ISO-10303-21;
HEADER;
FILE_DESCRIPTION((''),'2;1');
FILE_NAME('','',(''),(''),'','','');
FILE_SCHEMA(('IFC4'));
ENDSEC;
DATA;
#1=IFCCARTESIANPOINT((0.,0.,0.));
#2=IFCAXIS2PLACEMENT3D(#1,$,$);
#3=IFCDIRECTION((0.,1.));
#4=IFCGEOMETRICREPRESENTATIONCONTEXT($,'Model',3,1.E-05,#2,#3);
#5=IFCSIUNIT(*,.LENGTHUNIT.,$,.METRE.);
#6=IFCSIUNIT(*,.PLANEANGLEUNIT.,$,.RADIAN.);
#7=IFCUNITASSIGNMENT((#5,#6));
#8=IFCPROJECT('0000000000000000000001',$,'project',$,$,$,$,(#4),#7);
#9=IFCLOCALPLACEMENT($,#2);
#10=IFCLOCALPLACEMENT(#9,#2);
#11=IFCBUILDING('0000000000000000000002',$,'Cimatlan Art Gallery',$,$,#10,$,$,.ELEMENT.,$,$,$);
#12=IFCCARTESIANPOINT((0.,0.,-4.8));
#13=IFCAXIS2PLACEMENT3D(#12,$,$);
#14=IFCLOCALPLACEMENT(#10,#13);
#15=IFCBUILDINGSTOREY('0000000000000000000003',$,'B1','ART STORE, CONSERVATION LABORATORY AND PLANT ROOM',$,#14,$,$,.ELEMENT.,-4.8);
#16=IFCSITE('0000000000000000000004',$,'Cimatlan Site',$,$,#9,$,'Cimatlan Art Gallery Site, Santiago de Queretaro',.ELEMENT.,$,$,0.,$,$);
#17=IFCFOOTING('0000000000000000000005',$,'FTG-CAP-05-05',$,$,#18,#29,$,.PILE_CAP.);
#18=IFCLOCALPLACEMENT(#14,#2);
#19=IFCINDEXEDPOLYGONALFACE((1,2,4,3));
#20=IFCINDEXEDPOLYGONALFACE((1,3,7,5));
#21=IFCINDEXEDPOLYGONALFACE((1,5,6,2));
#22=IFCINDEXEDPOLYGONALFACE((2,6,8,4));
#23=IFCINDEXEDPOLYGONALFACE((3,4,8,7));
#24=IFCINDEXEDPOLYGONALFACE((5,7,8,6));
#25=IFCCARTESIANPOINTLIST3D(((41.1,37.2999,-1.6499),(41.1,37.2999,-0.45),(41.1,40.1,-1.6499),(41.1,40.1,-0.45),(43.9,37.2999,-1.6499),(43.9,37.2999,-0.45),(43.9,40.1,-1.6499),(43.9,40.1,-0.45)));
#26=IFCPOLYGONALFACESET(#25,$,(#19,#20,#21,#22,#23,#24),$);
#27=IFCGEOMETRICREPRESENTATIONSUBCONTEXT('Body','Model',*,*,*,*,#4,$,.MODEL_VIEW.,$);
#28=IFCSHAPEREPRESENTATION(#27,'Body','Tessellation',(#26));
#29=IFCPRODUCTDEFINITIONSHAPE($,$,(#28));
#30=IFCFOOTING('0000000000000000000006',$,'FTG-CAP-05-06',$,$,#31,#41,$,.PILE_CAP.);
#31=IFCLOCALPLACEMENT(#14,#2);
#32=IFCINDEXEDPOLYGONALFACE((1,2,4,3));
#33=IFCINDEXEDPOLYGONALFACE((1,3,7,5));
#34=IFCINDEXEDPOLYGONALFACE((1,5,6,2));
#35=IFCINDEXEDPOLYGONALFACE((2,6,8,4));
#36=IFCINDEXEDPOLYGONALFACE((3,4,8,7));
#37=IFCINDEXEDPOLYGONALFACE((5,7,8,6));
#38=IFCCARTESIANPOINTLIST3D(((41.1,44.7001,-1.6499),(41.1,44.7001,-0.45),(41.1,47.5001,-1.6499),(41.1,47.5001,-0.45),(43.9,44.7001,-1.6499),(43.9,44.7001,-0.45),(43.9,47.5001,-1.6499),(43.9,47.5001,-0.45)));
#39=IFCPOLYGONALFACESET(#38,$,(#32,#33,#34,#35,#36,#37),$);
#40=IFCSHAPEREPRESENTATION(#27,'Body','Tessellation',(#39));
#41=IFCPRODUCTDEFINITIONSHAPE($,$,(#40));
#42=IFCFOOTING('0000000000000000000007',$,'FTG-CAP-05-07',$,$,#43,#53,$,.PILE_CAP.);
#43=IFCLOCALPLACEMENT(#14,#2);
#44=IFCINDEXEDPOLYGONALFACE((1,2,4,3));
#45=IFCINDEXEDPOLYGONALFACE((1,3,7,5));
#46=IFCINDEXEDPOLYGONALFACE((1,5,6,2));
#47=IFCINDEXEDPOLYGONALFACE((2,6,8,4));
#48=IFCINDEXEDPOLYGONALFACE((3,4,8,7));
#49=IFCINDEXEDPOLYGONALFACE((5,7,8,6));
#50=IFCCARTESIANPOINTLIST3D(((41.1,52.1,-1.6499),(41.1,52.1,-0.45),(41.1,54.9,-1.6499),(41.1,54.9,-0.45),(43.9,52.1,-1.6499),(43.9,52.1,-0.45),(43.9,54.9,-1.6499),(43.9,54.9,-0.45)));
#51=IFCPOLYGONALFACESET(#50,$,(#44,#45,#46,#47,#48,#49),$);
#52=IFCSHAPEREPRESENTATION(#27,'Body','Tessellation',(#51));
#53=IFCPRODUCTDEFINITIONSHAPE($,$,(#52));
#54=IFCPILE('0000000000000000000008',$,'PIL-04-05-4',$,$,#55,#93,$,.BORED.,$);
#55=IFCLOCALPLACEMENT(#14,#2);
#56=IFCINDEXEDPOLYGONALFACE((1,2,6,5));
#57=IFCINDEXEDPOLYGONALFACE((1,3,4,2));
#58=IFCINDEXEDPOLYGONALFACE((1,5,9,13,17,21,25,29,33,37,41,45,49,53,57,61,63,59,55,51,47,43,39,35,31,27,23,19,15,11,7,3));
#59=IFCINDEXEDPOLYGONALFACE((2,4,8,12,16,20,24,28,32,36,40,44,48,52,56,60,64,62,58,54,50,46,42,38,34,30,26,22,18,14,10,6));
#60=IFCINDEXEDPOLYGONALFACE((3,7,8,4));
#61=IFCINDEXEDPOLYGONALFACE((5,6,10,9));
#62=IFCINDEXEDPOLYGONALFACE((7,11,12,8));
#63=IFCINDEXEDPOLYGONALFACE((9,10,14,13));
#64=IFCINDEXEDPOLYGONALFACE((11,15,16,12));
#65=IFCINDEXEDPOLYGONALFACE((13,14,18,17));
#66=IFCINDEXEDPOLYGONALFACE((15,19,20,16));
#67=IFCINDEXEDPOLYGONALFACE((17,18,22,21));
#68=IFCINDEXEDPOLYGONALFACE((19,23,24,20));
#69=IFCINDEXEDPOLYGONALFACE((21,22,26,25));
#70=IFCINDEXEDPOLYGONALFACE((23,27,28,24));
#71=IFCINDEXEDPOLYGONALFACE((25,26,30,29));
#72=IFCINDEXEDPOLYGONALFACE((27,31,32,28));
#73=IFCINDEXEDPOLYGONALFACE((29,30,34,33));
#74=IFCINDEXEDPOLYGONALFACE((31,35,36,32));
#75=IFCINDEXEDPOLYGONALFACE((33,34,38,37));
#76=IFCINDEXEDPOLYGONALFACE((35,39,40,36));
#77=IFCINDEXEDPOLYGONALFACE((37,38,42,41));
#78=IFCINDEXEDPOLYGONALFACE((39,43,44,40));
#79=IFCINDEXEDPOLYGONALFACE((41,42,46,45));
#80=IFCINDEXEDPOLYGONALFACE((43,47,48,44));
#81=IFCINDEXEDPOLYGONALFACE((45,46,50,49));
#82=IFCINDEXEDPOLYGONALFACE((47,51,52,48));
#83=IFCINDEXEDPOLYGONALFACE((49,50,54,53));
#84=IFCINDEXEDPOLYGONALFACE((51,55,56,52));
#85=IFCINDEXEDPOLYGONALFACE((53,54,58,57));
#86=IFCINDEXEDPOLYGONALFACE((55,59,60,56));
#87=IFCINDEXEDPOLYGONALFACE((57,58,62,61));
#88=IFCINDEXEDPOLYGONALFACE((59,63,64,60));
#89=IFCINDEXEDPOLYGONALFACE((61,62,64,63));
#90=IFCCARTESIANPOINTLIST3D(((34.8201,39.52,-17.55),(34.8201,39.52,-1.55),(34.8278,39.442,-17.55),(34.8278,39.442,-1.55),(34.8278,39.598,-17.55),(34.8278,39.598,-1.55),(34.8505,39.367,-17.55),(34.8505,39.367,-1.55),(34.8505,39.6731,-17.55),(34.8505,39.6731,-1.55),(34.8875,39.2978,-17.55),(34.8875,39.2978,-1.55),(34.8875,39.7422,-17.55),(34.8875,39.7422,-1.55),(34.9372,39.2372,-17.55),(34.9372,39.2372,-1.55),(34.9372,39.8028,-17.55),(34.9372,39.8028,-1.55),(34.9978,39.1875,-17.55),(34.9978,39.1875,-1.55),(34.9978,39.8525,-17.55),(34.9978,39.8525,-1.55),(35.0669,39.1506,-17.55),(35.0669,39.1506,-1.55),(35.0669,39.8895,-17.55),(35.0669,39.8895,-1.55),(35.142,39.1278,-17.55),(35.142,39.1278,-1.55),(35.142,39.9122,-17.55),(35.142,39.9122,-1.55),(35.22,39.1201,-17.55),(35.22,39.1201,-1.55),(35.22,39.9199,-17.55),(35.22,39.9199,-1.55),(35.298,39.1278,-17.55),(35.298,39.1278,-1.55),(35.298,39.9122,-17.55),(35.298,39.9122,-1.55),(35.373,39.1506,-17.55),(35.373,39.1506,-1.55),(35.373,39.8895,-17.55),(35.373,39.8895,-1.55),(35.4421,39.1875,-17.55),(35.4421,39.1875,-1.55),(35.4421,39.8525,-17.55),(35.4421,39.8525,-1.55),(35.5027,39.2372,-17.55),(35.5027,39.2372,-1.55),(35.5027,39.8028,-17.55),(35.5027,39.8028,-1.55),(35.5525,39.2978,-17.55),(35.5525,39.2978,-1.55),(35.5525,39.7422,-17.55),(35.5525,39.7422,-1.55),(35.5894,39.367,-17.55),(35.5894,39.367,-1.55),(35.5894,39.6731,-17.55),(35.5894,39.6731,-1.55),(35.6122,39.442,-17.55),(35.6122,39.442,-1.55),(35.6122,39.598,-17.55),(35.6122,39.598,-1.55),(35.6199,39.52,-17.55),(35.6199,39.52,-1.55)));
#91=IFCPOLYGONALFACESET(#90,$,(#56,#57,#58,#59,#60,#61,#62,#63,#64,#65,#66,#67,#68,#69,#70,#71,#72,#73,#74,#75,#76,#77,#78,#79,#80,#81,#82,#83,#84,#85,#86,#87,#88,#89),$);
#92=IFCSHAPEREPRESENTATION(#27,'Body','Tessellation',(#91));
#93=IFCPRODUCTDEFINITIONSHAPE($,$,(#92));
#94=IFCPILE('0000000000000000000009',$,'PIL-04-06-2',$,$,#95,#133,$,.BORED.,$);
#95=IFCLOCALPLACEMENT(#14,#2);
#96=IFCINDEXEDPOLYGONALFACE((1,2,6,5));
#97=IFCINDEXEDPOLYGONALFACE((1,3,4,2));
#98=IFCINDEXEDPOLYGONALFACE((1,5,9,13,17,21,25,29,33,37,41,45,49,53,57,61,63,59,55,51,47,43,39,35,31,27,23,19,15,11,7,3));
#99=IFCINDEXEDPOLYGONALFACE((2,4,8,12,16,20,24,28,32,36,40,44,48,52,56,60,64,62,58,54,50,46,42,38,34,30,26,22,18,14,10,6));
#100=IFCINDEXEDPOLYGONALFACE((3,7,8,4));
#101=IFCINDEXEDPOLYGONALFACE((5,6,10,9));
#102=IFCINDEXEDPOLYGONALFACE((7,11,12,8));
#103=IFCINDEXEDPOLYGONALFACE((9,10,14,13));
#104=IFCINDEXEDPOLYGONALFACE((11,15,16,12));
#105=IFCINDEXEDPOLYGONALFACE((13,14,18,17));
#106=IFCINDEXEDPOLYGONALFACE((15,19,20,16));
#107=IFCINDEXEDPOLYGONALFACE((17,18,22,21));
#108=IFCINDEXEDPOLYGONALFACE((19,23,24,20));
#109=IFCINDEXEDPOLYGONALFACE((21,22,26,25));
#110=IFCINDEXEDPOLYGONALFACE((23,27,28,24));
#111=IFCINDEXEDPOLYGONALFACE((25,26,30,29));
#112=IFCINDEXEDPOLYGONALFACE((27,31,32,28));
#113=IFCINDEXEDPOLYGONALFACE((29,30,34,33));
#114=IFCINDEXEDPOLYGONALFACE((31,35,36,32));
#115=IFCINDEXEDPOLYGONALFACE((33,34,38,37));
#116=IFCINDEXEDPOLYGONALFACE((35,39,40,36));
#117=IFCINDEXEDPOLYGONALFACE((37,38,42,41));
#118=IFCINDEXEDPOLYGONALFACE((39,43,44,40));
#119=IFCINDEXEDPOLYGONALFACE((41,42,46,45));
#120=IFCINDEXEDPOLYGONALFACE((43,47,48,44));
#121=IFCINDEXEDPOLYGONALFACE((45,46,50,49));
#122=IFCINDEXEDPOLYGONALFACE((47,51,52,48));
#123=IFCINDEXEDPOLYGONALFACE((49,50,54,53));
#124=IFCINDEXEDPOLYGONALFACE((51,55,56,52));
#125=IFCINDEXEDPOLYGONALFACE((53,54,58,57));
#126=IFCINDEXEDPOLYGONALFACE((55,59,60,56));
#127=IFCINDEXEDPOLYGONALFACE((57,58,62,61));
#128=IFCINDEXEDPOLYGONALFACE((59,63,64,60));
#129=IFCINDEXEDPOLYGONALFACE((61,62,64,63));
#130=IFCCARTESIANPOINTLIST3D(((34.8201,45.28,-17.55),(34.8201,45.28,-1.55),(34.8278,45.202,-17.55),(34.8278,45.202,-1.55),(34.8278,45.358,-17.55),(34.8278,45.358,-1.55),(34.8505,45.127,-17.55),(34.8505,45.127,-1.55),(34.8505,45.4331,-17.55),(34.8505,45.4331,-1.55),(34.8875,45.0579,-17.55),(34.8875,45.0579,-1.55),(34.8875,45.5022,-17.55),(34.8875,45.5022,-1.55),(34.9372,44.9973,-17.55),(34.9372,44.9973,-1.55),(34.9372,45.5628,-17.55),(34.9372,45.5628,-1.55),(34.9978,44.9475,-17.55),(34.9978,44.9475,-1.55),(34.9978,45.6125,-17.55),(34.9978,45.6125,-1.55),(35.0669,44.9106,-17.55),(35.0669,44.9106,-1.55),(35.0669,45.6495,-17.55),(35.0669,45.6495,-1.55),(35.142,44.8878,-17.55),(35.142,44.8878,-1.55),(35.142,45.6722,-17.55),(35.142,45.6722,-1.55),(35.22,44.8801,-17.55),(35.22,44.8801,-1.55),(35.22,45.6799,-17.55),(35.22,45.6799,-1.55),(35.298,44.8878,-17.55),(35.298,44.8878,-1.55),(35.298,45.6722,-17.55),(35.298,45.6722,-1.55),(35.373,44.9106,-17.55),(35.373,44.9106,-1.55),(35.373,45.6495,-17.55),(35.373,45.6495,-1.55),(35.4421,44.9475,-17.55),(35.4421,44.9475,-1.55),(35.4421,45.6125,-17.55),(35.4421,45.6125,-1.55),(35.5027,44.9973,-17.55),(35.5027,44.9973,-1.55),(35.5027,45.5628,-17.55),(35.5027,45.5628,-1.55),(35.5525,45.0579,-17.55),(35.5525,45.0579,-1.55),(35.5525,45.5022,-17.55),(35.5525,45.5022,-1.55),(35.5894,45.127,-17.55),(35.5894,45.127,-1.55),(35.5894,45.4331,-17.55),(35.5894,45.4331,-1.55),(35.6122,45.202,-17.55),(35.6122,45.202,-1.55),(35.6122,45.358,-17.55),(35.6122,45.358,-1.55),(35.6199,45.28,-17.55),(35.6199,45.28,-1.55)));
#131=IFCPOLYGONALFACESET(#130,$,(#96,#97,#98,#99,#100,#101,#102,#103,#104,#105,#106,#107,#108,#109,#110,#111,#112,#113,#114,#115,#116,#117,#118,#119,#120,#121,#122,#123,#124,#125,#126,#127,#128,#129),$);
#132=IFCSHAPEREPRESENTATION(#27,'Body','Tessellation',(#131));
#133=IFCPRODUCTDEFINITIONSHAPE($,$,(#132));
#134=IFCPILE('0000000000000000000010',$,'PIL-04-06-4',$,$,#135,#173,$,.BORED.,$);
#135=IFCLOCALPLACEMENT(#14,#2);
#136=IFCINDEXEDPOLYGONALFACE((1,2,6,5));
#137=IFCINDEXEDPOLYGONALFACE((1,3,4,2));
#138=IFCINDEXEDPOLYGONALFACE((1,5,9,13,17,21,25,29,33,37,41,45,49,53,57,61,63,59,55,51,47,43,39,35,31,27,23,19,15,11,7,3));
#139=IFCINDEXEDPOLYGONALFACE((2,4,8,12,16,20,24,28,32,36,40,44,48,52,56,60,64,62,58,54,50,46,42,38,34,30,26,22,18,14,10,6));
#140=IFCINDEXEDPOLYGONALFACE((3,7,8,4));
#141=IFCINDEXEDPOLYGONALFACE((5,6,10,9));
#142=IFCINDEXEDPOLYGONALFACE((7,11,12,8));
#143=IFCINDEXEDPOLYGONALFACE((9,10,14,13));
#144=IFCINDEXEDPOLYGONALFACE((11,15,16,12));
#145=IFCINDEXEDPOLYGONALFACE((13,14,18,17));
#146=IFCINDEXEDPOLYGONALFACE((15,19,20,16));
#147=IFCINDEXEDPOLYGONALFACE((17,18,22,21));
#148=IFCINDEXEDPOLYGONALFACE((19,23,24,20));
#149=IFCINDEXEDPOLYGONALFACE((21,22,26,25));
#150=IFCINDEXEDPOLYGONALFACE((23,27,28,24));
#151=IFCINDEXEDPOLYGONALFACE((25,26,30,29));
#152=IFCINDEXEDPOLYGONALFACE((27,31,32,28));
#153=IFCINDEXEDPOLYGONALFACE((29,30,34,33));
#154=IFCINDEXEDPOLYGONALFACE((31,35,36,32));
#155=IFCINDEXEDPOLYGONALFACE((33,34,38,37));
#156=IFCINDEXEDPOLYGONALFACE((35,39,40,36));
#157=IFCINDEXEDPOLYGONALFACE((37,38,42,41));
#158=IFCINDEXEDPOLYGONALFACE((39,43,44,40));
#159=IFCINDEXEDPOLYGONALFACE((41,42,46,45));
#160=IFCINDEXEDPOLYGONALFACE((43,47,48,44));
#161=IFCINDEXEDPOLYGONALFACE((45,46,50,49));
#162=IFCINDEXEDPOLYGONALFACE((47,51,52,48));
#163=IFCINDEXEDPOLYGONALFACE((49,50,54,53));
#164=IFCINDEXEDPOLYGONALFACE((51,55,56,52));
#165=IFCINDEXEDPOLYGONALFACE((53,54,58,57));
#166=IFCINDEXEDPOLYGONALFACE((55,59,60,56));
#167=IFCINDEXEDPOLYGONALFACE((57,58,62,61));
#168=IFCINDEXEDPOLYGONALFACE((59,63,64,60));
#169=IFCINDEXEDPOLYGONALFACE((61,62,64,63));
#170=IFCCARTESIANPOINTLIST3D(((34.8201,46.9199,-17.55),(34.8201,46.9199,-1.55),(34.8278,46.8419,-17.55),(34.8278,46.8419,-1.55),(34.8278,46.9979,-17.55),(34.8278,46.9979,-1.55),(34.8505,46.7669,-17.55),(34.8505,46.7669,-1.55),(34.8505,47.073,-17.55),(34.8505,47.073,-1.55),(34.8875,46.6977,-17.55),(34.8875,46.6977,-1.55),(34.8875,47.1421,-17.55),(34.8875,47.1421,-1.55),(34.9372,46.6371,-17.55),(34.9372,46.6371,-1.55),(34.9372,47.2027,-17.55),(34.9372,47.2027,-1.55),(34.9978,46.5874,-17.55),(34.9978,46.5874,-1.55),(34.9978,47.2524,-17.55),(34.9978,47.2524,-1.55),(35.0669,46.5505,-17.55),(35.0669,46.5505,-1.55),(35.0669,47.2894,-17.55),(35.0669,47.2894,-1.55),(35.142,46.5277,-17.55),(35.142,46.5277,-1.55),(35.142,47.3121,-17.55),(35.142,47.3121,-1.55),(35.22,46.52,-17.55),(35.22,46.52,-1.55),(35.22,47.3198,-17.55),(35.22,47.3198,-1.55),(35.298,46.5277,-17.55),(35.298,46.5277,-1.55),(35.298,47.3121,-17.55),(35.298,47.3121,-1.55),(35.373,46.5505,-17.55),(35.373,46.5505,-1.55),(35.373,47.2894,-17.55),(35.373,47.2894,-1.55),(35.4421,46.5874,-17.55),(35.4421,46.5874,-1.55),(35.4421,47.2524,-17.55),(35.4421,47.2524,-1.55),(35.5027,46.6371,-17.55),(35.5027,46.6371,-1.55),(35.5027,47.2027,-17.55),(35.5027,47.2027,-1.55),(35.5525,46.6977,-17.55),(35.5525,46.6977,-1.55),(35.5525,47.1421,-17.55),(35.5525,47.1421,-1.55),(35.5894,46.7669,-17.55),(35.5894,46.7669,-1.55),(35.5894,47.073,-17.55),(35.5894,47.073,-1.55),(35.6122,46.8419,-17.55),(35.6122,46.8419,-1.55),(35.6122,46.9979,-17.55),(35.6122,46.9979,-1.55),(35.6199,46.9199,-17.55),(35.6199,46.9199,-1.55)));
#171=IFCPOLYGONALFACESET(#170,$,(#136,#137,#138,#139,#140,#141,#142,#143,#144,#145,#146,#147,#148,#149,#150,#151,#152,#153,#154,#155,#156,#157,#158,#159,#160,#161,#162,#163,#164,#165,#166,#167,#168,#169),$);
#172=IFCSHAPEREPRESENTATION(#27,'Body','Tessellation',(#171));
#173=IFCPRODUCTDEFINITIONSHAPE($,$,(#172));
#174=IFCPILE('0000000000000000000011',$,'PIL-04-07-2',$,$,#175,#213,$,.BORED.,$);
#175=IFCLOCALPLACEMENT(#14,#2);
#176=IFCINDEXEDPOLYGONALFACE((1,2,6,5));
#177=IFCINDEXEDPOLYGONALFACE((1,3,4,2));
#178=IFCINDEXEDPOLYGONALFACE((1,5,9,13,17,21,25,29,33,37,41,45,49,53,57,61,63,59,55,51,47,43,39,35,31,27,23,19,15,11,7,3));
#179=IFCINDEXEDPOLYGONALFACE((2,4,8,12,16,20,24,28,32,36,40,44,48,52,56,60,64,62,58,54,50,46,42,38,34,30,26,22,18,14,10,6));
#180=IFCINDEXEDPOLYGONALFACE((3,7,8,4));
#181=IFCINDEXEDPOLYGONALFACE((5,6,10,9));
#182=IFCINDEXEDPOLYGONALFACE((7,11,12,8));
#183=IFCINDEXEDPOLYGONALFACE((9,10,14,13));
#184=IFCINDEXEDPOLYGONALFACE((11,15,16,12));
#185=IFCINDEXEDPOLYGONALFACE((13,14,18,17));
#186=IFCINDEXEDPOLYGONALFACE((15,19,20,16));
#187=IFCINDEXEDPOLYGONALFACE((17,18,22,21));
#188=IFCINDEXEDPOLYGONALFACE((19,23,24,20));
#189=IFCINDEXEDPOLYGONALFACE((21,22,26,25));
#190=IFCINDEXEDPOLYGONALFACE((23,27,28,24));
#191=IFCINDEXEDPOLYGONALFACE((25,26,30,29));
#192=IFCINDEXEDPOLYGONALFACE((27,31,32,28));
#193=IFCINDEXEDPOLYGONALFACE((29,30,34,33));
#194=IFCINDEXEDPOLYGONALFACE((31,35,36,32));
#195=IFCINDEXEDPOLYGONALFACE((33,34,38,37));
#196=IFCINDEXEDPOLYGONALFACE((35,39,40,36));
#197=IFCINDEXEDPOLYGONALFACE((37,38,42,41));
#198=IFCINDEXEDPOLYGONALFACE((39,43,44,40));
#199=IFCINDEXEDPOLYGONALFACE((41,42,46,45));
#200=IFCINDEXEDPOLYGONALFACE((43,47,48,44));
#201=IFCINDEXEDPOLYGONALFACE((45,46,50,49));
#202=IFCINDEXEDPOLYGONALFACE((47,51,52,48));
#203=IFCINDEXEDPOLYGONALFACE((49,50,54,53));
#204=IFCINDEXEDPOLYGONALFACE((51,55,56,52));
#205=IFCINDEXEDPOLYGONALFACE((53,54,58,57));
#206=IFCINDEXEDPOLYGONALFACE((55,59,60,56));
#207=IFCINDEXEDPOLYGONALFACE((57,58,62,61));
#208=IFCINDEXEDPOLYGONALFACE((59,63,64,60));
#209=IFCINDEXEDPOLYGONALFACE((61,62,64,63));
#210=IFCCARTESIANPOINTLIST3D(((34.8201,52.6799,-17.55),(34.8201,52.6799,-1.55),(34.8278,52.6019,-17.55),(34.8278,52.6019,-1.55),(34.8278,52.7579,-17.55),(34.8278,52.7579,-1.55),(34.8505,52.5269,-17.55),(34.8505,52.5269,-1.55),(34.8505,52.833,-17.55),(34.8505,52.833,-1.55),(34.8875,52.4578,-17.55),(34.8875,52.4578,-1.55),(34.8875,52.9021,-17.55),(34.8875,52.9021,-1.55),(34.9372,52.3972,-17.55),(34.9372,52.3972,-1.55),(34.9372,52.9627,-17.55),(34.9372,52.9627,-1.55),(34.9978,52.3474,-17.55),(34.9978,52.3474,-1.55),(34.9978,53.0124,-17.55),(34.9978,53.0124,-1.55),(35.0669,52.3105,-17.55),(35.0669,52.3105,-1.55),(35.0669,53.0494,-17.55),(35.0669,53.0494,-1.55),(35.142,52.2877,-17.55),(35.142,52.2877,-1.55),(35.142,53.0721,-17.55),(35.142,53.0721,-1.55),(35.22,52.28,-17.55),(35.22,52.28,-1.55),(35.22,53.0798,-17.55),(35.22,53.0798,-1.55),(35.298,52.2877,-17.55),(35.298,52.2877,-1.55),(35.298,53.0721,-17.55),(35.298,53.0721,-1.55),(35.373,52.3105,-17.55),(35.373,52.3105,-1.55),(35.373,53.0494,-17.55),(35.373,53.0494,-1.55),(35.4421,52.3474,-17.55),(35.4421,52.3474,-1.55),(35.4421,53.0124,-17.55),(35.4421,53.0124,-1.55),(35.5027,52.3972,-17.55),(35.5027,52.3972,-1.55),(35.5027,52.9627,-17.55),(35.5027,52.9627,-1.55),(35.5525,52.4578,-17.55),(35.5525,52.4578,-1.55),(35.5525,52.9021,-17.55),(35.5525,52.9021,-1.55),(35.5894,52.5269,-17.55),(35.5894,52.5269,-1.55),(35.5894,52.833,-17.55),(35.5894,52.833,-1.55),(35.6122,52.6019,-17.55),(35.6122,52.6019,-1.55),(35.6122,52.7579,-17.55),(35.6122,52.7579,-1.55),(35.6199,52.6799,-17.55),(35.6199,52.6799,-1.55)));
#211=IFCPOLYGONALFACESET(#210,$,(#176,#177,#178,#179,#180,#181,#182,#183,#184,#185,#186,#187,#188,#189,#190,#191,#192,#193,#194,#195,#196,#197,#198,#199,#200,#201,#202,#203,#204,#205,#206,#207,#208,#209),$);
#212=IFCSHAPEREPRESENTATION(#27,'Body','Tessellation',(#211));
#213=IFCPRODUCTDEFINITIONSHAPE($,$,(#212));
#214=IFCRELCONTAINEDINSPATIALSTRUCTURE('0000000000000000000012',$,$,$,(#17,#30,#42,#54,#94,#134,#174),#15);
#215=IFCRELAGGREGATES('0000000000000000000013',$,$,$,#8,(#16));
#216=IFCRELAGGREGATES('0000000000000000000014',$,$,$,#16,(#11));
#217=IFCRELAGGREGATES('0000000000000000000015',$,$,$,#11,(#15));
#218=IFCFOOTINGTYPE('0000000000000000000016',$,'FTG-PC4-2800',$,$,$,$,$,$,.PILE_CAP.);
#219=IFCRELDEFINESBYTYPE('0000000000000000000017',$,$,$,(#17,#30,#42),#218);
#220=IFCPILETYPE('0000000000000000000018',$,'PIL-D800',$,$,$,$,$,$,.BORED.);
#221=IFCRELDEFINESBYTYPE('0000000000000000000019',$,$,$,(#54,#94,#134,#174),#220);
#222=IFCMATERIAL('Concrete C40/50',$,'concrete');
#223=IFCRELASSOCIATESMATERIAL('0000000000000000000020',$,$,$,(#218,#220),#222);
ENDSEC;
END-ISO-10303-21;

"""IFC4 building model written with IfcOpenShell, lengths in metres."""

from ifc_helpers import new_model, si_unit, direction, frame, origin, origin_2d, place, context, subcontext, project, spatial, rectangle, circle, extrude, material, type_object, element, save


model = new_model("IFC4")

# Units and contexts
model_context = context("Model", 3, precision=1e-05, world=origin(), true_north=direction((0.0, 1.0)))
body_context = subcontext(model_context, "Body", "Model", "MODEL_VIEW")
ifc_project = project(units=[si_unit("LENGTHUNIT", "METRE"), si_unit("PLANEANGLEUNIT", "RADIAN")], contexts=[model_context])

# Site, building, storey
site_placement = place(None, origin())
site = spatial("IfcSite", under=ifc_project, at=site_placement, Name="Cimatlan Site", LongName="Cimatlan Art Gallery Site, Santiago de Queretaro", CompositionType="ELEMENT", RefElevation=0.0)
building_placement = place(site_placement, origin())
building = spatial("IfcBuilding", under=site, at=building_placement, Name="Cimatlan Art Gallery", CompositionType="ELEMENT")
storey_placement = place(building_placement, frame((0.0, 0.0, -4.8)))
storey = spatial("IfcBuildingStorey", under=building, at=storey_placement, Name="B1", Description="ART STORE, CONSERVATION LABORATORY AND PLANT ROOM", CompositionType="ELEMENT", Elevation=-4.8)

# Footings
ifc_material_1 = material(Name="Concrete C40/50", Category="concrete")
footing_type = type_object("IfcFootingType", Name="FTG-PC4-2800", PredefinedType="PILE_CAP", material=ifc_material_1)
for number, where, z_axis, x_axis, name in (
    (1, (42.5, 38.7, -1.6499), (0.0, 0.0, 1.0), (1.0, 0.0, 0.0), "FTG-CAP-05-05"),
    (2, (42.5, 46.1001, -1.6499), (0.0, 0.0, 1.0), (1.0, 0.0, 0.0), "FTG-CAP-05-06"),
    (3, (42.5, 53.5, -1.6499), (0.0, 0.0, 1.0), (1.0, 0.0, 0.0), "FTG-CAP-05-07"),
):
    element("IfcFooting", number, at=place(storey_placement, frame(where, z_axis=z_axis, x_axis=x_axis)), inside=storey, type_object=footing_type, Name=name, PredefinedType="PILE_CAP", context=body_context, shape_type="SweptSolid", body=[
        extrude(rectangle(XDim=2.8, YDim=2.8, at=origin_2d()), origin(), (0.0, 0.0, 1.0), 1.2),
    ])

# Piles
pile_type = type_object("IfcPileType", Name="PIL-D800", PredefinedType="BORED", material=ifc_material_1)
for number, where, z_axis, x_axis, name in (
    (4, (35.22, 39.52, -1.55), (0.0, 0.0, -1.0), (1.0, 0.0, 0.0), "PIL-04-05-4"),
    (5, (35.22, 45.28, -1.55), (0.0, 0.0, -1.0), (1.0, 0.0, 0.0), "PIL-04-06-2"),
    (6, (35.22, 46.9199, -1.55), (0.0, 0.0, -1.0), (1.0, 0.0, 0.0), "PIL-04-06-4"),
    (7, (35.22, 52.6799, -1.55), (0.0, 0.0, -1.0), (1.0, 0.0, 0.0), "PIL-04-07-2"),
):
    element("IfcPile", number, at=place(storey_placement, frame(where, z_axis=z_axis, x_axis=x_axis)), inside=storey, type_object=pile_type, Name=name, PredefinedType="BORED", context=body_context, shape_type="SweptSolid", body=[
        extrude(circle(Radius=0.3999, at=origin_2d()), origin(), (0.0, 0.0, 1.0), 16.0),
    ])

save(model, "model.ifc")
